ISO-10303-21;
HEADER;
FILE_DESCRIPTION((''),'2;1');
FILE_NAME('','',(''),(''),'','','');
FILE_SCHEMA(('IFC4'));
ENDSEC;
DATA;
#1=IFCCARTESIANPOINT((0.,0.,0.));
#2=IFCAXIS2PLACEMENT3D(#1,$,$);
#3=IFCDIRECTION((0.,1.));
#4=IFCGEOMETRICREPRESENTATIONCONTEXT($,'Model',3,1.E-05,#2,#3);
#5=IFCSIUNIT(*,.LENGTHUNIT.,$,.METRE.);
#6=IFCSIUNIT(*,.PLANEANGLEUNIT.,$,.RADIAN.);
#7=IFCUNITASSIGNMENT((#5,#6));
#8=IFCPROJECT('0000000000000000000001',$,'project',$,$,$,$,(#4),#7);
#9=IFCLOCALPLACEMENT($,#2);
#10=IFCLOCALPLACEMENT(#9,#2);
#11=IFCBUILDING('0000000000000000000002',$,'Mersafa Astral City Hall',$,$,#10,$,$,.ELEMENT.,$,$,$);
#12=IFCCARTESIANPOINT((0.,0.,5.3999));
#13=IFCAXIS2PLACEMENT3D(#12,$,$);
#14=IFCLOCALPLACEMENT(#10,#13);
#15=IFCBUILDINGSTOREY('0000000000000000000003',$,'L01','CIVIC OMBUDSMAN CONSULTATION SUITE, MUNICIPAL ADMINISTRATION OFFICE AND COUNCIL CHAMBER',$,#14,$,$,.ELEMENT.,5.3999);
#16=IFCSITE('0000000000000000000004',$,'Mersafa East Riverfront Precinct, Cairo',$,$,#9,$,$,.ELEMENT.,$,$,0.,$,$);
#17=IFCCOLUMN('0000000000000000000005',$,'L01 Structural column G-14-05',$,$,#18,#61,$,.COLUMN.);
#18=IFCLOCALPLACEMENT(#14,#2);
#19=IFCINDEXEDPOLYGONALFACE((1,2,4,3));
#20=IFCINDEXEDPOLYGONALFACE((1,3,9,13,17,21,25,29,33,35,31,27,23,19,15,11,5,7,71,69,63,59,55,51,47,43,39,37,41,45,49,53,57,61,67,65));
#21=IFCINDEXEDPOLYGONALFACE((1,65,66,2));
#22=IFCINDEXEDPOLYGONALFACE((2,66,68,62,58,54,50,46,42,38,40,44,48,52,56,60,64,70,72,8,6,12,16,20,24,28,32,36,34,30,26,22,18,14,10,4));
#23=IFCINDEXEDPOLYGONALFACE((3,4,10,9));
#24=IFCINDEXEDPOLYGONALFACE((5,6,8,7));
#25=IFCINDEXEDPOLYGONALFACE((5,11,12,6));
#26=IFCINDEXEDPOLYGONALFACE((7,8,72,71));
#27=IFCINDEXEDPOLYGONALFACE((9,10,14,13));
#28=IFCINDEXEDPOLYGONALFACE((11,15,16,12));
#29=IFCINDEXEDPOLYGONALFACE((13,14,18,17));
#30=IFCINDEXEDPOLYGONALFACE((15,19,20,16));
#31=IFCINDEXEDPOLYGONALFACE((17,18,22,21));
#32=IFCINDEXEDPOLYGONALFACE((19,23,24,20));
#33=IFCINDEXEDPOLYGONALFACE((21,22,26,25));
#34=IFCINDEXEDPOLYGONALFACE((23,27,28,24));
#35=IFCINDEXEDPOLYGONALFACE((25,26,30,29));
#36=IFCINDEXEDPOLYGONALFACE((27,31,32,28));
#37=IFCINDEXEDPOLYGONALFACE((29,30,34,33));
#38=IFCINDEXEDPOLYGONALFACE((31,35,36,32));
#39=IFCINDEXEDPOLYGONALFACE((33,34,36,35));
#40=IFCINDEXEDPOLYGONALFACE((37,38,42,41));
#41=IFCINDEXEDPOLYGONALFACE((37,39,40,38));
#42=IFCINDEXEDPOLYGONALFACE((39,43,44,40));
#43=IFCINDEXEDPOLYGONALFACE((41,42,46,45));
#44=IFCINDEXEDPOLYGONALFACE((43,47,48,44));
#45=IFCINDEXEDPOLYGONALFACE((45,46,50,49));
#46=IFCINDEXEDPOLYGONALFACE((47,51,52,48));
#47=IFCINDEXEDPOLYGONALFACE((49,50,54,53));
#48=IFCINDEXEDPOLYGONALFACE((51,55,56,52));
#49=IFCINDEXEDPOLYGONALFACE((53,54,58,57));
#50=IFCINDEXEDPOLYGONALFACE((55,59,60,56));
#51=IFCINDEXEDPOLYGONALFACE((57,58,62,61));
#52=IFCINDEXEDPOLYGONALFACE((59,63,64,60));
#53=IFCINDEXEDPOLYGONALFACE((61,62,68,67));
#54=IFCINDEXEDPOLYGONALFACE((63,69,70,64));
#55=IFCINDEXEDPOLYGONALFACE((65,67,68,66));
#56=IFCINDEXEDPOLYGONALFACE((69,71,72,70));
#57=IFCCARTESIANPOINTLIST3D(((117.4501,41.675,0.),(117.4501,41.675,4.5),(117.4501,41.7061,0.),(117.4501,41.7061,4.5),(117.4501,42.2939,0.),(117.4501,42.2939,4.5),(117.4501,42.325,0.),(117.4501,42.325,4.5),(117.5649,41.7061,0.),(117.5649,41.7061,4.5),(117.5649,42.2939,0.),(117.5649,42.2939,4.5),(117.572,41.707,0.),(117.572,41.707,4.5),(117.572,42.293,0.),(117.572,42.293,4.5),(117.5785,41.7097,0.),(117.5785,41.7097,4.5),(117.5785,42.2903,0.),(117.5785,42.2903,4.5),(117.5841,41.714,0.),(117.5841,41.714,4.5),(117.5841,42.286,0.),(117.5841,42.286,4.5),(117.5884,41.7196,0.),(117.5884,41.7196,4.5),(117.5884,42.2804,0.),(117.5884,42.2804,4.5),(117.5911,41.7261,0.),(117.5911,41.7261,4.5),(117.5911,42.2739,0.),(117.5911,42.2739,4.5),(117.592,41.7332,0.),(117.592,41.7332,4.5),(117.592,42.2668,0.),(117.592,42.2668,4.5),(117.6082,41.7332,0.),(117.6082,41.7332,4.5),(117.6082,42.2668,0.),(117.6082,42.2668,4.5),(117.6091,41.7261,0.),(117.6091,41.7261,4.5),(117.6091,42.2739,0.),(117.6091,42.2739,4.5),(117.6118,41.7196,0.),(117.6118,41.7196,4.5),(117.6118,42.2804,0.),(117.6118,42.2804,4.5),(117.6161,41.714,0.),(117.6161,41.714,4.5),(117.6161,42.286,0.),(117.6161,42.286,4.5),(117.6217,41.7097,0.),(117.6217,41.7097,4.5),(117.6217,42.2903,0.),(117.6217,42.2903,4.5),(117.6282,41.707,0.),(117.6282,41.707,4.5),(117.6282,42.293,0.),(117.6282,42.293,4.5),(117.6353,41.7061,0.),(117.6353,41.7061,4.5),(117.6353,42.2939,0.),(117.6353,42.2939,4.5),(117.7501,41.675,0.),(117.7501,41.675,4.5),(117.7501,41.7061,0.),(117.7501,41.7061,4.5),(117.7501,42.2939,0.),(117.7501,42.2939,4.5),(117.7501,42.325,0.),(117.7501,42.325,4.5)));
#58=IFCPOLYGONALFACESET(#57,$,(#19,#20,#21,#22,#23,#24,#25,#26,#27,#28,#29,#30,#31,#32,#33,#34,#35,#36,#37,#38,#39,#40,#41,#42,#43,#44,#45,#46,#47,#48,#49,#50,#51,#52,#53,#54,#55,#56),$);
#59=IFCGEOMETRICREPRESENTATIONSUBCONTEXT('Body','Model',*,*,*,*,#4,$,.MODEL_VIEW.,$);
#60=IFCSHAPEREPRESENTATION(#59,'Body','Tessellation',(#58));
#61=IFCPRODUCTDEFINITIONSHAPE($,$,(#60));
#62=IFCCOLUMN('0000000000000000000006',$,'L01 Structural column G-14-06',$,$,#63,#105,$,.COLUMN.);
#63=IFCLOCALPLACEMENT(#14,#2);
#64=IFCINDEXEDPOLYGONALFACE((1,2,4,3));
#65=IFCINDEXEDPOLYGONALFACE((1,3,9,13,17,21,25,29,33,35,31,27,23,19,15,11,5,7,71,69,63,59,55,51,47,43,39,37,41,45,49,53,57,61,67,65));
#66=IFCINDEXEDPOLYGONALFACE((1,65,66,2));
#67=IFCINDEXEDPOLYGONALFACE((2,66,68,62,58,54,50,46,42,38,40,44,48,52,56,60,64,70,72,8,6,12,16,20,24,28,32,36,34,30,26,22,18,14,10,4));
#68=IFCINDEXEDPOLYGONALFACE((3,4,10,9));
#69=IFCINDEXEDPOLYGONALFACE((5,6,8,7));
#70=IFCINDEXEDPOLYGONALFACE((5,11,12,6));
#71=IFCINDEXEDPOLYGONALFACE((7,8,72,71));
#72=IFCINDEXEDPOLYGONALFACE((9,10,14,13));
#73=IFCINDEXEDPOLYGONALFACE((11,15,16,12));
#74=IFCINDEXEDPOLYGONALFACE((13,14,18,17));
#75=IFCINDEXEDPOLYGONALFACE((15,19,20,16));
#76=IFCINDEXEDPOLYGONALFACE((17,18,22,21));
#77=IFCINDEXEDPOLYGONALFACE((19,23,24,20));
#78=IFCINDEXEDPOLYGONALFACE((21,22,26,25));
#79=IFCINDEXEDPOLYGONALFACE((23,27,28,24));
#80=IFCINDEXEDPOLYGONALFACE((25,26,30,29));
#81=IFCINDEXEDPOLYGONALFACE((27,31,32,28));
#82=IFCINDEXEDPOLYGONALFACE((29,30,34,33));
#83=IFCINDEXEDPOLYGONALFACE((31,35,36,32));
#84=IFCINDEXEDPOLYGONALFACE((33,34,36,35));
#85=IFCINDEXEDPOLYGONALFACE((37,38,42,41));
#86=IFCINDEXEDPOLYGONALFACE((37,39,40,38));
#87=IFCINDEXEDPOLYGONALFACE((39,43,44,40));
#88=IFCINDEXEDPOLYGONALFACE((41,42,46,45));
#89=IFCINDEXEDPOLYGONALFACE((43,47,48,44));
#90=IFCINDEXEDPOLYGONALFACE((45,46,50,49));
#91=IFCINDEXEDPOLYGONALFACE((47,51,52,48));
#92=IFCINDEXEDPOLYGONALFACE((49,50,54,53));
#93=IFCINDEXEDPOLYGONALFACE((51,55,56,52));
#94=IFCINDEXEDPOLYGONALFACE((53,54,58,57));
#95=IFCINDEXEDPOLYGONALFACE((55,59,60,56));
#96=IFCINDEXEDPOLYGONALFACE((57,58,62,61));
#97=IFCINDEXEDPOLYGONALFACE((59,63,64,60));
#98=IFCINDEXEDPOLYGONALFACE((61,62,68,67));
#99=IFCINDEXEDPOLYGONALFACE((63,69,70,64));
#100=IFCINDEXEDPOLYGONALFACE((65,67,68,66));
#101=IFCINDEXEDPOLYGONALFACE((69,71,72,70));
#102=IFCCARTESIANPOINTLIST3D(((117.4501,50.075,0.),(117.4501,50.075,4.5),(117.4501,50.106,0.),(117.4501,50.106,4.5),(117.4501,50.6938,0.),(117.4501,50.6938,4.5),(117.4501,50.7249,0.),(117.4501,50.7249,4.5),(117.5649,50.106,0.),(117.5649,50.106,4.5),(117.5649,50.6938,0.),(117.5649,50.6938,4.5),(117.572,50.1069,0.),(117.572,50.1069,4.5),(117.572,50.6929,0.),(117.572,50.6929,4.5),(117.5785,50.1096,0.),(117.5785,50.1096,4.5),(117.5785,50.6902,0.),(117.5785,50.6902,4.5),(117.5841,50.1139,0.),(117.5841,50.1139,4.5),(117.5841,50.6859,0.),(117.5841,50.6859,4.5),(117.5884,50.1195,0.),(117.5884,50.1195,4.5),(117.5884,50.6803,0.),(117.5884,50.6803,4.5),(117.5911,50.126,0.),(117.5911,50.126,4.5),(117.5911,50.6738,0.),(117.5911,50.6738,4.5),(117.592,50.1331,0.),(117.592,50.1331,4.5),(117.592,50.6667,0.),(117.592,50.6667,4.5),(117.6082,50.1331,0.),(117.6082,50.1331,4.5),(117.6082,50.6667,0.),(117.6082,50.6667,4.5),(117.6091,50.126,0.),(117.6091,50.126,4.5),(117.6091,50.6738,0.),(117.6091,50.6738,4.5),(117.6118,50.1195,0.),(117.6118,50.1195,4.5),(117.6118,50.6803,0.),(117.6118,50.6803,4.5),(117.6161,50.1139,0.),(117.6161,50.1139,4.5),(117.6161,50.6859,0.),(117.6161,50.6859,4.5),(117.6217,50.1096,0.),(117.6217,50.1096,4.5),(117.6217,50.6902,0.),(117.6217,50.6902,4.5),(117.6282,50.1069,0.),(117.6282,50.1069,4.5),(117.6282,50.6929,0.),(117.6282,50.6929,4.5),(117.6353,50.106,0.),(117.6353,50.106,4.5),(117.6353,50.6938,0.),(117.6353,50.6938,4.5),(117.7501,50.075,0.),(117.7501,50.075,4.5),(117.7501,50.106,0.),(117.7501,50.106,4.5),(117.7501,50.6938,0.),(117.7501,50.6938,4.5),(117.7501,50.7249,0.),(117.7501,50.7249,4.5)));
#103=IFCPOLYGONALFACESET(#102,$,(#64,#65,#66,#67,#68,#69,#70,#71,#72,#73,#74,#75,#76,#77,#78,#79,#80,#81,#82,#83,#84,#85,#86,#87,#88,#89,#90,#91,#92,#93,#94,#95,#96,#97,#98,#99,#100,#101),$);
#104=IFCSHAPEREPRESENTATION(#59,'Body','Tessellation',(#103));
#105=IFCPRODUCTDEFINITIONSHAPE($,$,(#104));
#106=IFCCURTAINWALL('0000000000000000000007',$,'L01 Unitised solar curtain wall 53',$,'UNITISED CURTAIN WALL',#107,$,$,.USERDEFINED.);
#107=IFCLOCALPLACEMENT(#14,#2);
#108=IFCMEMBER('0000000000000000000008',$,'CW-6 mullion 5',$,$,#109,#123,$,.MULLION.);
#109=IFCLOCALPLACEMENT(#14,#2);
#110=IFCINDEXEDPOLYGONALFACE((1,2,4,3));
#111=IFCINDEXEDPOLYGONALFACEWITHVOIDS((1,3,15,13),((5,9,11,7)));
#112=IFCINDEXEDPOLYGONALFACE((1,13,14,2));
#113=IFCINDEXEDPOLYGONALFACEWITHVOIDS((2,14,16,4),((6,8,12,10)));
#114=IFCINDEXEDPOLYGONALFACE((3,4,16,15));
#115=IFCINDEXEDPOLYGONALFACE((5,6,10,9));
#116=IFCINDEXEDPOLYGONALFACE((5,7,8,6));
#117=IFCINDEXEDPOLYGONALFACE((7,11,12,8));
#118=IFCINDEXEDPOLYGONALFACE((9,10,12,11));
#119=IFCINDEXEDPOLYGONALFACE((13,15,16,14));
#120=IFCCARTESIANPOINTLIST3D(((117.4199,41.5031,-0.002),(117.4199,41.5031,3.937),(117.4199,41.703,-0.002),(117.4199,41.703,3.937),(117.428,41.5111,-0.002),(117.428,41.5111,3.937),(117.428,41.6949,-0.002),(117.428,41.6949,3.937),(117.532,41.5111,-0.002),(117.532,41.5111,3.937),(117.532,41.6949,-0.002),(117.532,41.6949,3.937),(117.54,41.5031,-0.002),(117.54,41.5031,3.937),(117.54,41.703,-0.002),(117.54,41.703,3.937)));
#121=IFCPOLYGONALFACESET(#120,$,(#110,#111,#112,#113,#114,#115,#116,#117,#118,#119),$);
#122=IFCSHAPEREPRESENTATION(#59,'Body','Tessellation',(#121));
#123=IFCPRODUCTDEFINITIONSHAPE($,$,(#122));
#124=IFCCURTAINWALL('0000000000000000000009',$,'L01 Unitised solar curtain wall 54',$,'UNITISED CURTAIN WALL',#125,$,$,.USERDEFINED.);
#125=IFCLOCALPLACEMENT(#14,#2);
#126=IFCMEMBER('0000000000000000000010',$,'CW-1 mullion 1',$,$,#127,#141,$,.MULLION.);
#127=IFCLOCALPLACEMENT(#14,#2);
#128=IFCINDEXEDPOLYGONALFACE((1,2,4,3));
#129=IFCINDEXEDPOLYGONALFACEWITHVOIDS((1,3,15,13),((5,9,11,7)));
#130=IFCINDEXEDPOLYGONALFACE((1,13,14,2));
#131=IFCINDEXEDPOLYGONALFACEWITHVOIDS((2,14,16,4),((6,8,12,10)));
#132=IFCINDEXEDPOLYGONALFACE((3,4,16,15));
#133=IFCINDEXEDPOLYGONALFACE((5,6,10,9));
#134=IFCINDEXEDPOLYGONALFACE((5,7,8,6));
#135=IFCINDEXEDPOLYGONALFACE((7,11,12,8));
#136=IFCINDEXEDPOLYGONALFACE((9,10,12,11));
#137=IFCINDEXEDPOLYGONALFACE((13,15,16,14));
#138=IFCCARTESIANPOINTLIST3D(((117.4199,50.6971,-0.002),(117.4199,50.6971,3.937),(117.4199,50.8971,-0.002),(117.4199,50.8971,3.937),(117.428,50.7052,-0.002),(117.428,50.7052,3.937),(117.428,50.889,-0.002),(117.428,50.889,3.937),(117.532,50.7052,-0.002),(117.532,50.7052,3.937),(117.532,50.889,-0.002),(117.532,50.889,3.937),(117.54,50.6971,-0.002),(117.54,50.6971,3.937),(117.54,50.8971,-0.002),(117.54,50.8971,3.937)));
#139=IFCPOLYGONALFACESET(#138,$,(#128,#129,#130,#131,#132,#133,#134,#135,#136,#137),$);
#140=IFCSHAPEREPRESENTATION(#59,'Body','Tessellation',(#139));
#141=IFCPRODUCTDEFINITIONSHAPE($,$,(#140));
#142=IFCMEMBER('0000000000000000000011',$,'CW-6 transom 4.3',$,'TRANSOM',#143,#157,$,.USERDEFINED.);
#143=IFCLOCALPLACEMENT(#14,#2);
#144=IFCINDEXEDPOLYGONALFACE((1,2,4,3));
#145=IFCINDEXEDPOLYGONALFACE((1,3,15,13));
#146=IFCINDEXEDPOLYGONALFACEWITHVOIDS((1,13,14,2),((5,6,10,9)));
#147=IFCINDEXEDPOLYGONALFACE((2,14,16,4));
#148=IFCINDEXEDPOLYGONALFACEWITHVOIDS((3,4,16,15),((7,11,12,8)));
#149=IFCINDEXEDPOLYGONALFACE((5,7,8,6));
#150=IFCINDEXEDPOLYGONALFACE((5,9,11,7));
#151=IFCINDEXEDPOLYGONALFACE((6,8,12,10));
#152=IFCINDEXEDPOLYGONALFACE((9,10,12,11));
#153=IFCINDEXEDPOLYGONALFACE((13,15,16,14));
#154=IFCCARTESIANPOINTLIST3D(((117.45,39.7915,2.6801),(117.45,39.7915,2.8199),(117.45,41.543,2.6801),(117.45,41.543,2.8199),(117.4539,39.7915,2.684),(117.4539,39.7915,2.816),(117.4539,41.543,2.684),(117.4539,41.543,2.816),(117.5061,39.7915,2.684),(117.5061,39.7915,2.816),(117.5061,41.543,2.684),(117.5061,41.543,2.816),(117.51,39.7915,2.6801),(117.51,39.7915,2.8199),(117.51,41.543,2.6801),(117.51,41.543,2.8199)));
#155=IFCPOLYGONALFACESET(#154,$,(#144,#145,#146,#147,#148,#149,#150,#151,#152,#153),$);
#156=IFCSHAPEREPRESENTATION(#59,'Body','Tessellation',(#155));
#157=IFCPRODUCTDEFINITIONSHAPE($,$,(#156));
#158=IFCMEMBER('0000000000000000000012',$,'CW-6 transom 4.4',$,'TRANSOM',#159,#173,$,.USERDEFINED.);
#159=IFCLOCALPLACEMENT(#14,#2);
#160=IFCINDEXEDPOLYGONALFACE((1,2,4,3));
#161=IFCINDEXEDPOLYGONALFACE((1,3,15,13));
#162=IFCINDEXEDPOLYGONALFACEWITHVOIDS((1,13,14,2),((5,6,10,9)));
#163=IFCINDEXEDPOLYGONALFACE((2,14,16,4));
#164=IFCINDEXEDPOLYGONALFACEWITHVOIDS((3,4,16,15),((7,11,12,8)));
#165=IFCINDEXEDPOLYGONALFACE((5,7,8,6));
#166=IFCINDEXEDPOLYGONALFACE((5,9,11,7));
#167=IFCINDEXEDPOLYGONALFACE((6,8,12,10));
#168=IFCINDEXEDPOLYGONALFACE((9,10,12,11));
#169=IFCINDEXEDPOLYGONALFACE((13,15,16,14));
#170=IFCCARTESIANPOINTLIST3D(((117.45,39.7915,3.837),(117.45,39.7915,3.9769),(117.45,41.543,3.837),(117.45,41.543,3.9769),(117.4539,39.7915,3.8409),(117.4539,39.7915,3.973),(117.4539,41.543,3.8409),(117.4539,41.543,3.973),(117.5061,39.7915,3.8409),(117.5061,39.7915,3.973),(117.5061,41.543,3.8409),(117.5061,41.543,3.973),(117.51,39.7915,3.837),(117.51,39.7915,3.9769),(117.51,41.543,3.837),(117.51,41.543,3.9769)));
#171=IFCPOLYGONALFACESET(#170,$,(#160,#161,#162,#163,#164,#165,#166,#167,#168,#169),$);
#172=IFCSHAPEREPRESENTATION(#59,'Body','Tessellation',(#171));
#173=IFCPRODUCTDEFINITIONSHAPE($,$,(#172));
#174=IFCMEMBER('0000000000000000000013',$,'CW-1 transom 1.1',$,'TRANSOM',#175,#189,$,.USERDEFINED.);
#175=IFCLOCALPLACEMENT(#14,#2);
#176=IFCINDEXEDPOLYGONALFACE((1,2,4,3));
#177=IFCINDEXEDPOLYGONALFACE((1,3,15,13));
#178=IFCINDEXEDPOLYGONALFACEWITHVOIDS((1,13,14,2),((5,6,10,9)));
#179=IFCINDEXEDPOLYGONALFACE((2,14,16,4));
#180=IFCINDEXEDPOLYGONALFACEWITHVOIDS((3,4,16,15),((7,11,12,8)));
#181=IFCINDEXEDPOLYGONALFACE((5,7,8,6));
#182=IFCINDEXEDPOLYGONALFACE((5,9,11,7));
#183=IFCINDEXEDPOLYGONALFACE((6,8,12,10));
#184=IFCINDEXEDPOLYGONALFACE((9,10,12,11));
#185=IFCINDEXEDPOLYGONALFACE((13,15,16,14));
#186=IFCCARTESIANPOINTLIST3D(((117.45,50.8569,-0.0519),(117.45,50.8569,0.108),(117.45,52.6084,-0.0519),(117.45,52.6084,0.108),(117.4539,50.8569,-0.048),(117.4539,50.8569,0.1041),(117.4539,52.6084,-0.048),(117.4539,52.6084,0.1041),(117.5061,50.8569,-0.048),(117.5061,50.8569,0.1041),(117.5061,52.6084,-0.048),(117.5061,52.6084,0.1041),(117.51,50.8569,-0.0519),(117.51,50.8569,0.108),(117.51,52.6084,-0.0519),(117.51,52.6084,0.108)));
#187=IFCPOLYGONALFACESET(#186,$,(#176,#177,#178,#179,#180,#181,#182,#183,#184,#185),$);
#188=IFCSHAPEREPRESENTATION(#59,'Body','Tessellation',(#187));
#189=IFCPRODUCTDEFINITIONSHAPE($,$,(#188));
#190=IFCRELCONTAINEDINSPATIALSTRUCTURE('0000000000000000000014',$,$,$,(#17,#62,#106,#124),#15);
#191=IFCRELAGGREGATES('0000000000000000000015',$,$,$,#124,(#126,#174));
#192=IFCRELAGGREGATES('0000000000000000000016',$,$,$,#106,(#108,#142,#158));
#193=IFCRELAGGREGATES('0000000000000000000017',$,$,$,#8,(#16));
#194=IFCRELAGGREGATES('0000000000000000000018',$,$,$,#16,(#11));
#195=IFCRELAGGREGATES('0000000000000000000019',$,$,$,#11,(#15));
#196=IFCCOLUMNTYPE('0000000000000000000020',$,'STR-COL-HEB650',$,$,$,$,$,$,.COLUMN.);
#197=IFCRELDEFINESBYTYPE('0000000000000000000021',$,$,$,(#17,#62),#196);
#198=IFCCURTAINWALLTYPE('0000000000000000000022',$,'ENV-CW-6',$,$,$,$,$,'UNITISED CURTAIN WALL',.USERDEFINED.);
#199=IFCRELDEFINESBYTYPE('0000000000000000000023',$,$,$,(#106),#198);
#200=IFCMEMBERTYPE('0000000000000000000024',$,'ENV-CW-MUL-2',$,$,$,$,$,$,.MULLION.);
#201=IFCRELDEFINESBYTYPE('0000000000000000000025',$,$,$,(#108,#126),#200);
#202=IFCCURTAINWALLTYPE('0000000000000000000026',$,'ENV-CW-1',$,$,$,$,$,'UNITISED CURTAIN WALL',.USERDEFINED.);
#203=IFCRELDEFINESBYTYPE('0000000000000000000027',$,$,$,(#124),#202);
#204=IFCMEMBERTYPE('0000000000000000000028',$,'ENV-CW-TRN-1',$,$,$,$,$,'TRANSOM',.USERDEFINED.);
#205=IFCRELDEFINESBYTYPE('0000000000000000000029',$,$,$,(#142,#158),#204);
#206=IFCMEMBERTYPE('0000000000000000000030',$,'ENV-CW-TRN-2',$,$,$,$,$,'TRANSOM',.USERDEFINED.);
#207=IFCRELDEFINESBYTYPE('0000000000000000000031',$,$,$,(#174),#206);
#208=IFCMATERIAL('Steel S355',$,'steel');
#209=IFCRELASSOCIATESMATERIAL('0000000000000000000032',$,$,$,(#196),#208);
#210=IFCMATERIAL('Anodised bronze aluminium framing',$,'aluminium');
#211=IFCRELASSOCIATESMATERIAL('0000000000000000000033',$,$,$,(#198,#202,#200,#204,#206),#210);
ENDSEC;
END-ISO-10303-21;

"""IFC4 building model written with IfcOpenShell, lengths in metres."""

from ifc_helpers import new_model, si_unit, direction, frame, origin, origin_2d, place, context, subcontext, project, spatial, hollow_rectangle, i_section, extrude, material, material_profile, profile_set, type_object, element, aggregate, save


model = new_model("IFC4")

# Units and contexts
model_context = context("Model", 3, precision=1e-05, world=origin(), true_north=direction((0.0, 1.0)))
body_context = subcontext(model_context, "Body", "Model", "MODEL_VIEW")
ifc_project = project(units=[si_unit("LENGTHUNIT", "METRE"), si_unit("PLANEANGLEUNIT", "RADIAN")], contexts=[model_context])

# Site, building, storey
site_placement = place(None, origin())
site = spatial("IfcSite", under=ifc_project, at=site_placement, Name="Mersafa East Riverfront Precinct, Cairo", CompositionType="ELEMENT", RefElevation=0.0)
building_placement = place(site_placement, origin())
building = spatial("IfcBuilding", under=site, at=building_placement, Name="Mersafa Astral City Hall", CompositionType="ELEMENT")
storey_placement = place(building_placement, frame((0.0, 0.0, 5.3999)))
storey = spatial("IfcBuildingStorey", under=building, at=storey_placement, Name="L01", Description="CIVIC OMBUDSMAN CONSULTATION SUITE, MUNICIPAL ADMINISTRATION OFFICE AND COUNCIL CHAMBER", CompositionType="ELEMENT", Elevation=5.3999)

# Columns
ifc_material_1 = material(Name="Steel S355", Category="steel")
ifc_material_profile_1 = material_profile(ifc_material_1, i_section(OverallWidth=0.3, OverallDepth=0.6499, WebThickness=0.0161, FlangeThickness=0.031, FilletRadius=0.0271, at=origin_2d()), Name="HEB 650")
ifc_profile_set_1 = profile_set([ifc_material_profile_1], Name="Steel S355")
column_type = type_object("IfcColumnType", Name="STR-COL-HEB650", PredefinedType="COLUMN", material=ifc_profile_set_1)
for number, where, z_axis, x_axis, name in (
    (1, (117.6001, 42.0, 0.0), (0.0, 0.0, 1.0), (1.0, 0.0, 0.0), "L01 Structural column G-14-05"),
    (2, (117.6001, 50.3999, 0.0), (0.0, 0.0, 1.0), (1.0, 0.0, 0.0), "L01 Structural column G-14-06"),
):
    element("IfcColumn", number, at=place(storey_placement, frame(where, z_axis=z_axis, x_axis=x_axis)), inside=storey, type_object=column_type, Name=name, PredefinedType="COLUMN", context=body_context, shape_type="SweptSolid", body=[
        extrude(i_section(OverallWidth=0.3, OverallDepth=0.6499, WebThickness=0.0161, FlangeThickness=0.031, FilletRadius=0.0271, at=origin_2d()), origin(), (0.0, 0.0, 1.0), 4.5),
    ])

# Curtain walls, members
ifc_material_2 = material(Name="Anodised bronze aluminium framing", Category="aluminium")
curtain_wall_type_1 = type_object("IfcCurtainWallType", Name="ENV-CW-6", ElementType="UNITISED CURTAIN WALL", PredefinedType="USERDEFINED", material=ifc_material_2)
curtain_wall_1_placement = place(storey_placement, origin())
curtain_wall_1 = element("IfcCurtainWall", 3, at=curtain_wall_1_placement, inside=storey, type_object=curtain_wall_type_1, Name="L01 Unitised solar curtain wall 53", ObjectType="UNITISED CURTAIN WALL", PredefinedType="USERDEFINED")
ifc_material_profile_2 = material_profile(ifc_material_2, hollow_rectangle(XDim=0.1201, YDim=0.2, WallThickness=0.0081, at=origin_2d()), Name="RHS 120x200x8")
ifc_profile_set_2 = profile_set([ifc_material_profile_2], Name="Anodised bronze aluminium framing")
member_type_1 = type_object("IfcMemberType", Name="ENV-CW-MUL-2", PredefinedType="MULLION", material=ifc_profile_set_2)
member_1_placement = place(storey_placement, frame((117.48, 41.603, -0.002), z_axis=(0.0, 0.0, 1.0), x_axis=(-1.0, 0.0, 0.0)))
member_1 = element("IfcMember", 4, at=member_1_placement, type_object=member_type_1, Name="CW-6 mullion 5", PredefinedType="MULLION", context=body_context, shape_type="SweptSolid", body=[
    extrude(hollow_rectangle(XDim=0.1201, YDim=0.2, WallThickness=0.0081, at=origin_2d()), origin(), (0.0, 0.0, 1.0), 3.939),
])
curtain_wall_type_2 = type_object("IfcCurtainWallType", Name="ENV-CW-1", ElementType="UNITISED CURTAIN WALL", PredefinedType="USERDEFINED", material=ifc_material_2)
curtain_wall_2_placement = place(storey_placement, origin())
curtain_wall_2 = element("IfcCurtainWall", 5, at=curtain_wall_2_placement, inside=storey, type_object=curtain_wall_type_2, Name="L01 Unitised solar curtain wall 54", ObjectType="UNITISED CURTAIN WALL", PredefinedType="USERDEFINED")
member_2_placement = place(storey_placement, frame((117.48, 50.7971, -0.002), z_axis=(0.0, 0.0, 1.0), x_axis=(-1.0, 0.0, 0.0)))
member_2 = element("IfcMember", 6, at=member_2_placement, type_object=member_type_1, Name="CW-1 mullion 1", PredefinedType="MULLION", context=body_context, shape_type="SweptSolid", body=[
    extrude(hollow_rectangle(XDim=0.1201, YDim=0.2, WallThickness=0.0081, at=origin_2d()), origin(), (0.0, 0.0, 1.0), 3.939),
])

# Members
ifc_material_profile_3 = material_profile(ifc_material_2, hollow_rectangle(XDim=0.0601, YDim=0.1399, WallThickness=0.0039, at=origin_2d()), Name="RHS 60x140x4")
ifc_profile_set_3 = profile_set([ifc_material_profile_3], Name="Anodised bronze aluminium framing")
member_type_2 = type_object("IfcMemberType", Name="ENV-CW-TRN-1", ElementType="TRANSOM", PredefinedType="USERDEFINED", material=ifc_profile_set_3)
member_3_placement = place(storey_placement, frame((117.48, 39.7915, 2.75), z_axis=(0.0, 1.0, 0.0), x_axis=(-1.0, 0.0, 0.0)))
member_3 = element("IfcMember", 7, at=member_3_placement, type_object=member_type_2, Name="CW-6 transom 4.3", ObjectType="TRANSOM", PredefinedType="USERDEFINED", context=body_context, shape_type="SweptSolid", body=[
    extrude(hollow_rectangle(XDim=0.0601, YDim=0.1399, WallThickness=0.0039, at=origin_2d()), origin(), (0.0, 0.0, 1.0), 1.7515),
])
member_4_placement = place(storey_placement, frame((117.48, 39.7915, 3.907), z_axis=(0.0, 1.0, 0.0), x_axis=(-1.0, 0.0, 0.0)))
member_4 = element("IfcMember", 8, at=member_4_placement, type_object=member_type_2, Name="CW-6 transom 4.4", ObjectType="TRANSOM", PredefinedType="USERDEFINED", context=body_context, shape_type="SweptSolid", body=[
    extrude(hollow_rectangle(XDim=0.0601, YDim=0.1399, WallThickness=0.0039, at=origin_2d()), origin(), (0.0, 0.0, 1.0), 1.7515),
])
ifc_material_profile_4 = material_profile(ifc_material_2, hollow_rectangle(XDim=0.0601, YDim=0.1599, WallThickness=0.0039, at=origin_2d()), Name="RHS 60x160x4")
ifc_profile_set_4 = profile_set([ifc_material_profile_4], Name="Anodised bronze aluminium framing")
member_type_3 = type_object("IfcMemberType", Name="ENV-CW-TRN-2", ElementType="TRANSOM", PredefinedType="USERDEFINED", material=ifc_profile_set_4)
member_5_placement = place(storey_placement, frame((117.48, 50.8569, 0.0281), z_axis=(0.0, 1.0, 0.0), x_axis=(-1.0, 0.0, 0.0)))
member_5 = element("IfcMember", 9, at=member_5_placement, type_object=member_type_3, Name="CW-1 transom 1.1", ObjectType="TRANSOM", PredefinedType="USERDEFINED", context=body_context, shape_type="SweptSolid", body=[
    extrude(hollow_rectangle(XDim=0.0601, YDim=0.1599, WallThickness=0.0039, at=origin_2d()), origin(), (0.0, 0.0, 1.0), 1.7515),
])
aggregate(curtain_wall_2, [member_2, member_5])

aggregate(curtain_wall_1, [member_1, member_3, member_4])

save(model, "model.ifc")
